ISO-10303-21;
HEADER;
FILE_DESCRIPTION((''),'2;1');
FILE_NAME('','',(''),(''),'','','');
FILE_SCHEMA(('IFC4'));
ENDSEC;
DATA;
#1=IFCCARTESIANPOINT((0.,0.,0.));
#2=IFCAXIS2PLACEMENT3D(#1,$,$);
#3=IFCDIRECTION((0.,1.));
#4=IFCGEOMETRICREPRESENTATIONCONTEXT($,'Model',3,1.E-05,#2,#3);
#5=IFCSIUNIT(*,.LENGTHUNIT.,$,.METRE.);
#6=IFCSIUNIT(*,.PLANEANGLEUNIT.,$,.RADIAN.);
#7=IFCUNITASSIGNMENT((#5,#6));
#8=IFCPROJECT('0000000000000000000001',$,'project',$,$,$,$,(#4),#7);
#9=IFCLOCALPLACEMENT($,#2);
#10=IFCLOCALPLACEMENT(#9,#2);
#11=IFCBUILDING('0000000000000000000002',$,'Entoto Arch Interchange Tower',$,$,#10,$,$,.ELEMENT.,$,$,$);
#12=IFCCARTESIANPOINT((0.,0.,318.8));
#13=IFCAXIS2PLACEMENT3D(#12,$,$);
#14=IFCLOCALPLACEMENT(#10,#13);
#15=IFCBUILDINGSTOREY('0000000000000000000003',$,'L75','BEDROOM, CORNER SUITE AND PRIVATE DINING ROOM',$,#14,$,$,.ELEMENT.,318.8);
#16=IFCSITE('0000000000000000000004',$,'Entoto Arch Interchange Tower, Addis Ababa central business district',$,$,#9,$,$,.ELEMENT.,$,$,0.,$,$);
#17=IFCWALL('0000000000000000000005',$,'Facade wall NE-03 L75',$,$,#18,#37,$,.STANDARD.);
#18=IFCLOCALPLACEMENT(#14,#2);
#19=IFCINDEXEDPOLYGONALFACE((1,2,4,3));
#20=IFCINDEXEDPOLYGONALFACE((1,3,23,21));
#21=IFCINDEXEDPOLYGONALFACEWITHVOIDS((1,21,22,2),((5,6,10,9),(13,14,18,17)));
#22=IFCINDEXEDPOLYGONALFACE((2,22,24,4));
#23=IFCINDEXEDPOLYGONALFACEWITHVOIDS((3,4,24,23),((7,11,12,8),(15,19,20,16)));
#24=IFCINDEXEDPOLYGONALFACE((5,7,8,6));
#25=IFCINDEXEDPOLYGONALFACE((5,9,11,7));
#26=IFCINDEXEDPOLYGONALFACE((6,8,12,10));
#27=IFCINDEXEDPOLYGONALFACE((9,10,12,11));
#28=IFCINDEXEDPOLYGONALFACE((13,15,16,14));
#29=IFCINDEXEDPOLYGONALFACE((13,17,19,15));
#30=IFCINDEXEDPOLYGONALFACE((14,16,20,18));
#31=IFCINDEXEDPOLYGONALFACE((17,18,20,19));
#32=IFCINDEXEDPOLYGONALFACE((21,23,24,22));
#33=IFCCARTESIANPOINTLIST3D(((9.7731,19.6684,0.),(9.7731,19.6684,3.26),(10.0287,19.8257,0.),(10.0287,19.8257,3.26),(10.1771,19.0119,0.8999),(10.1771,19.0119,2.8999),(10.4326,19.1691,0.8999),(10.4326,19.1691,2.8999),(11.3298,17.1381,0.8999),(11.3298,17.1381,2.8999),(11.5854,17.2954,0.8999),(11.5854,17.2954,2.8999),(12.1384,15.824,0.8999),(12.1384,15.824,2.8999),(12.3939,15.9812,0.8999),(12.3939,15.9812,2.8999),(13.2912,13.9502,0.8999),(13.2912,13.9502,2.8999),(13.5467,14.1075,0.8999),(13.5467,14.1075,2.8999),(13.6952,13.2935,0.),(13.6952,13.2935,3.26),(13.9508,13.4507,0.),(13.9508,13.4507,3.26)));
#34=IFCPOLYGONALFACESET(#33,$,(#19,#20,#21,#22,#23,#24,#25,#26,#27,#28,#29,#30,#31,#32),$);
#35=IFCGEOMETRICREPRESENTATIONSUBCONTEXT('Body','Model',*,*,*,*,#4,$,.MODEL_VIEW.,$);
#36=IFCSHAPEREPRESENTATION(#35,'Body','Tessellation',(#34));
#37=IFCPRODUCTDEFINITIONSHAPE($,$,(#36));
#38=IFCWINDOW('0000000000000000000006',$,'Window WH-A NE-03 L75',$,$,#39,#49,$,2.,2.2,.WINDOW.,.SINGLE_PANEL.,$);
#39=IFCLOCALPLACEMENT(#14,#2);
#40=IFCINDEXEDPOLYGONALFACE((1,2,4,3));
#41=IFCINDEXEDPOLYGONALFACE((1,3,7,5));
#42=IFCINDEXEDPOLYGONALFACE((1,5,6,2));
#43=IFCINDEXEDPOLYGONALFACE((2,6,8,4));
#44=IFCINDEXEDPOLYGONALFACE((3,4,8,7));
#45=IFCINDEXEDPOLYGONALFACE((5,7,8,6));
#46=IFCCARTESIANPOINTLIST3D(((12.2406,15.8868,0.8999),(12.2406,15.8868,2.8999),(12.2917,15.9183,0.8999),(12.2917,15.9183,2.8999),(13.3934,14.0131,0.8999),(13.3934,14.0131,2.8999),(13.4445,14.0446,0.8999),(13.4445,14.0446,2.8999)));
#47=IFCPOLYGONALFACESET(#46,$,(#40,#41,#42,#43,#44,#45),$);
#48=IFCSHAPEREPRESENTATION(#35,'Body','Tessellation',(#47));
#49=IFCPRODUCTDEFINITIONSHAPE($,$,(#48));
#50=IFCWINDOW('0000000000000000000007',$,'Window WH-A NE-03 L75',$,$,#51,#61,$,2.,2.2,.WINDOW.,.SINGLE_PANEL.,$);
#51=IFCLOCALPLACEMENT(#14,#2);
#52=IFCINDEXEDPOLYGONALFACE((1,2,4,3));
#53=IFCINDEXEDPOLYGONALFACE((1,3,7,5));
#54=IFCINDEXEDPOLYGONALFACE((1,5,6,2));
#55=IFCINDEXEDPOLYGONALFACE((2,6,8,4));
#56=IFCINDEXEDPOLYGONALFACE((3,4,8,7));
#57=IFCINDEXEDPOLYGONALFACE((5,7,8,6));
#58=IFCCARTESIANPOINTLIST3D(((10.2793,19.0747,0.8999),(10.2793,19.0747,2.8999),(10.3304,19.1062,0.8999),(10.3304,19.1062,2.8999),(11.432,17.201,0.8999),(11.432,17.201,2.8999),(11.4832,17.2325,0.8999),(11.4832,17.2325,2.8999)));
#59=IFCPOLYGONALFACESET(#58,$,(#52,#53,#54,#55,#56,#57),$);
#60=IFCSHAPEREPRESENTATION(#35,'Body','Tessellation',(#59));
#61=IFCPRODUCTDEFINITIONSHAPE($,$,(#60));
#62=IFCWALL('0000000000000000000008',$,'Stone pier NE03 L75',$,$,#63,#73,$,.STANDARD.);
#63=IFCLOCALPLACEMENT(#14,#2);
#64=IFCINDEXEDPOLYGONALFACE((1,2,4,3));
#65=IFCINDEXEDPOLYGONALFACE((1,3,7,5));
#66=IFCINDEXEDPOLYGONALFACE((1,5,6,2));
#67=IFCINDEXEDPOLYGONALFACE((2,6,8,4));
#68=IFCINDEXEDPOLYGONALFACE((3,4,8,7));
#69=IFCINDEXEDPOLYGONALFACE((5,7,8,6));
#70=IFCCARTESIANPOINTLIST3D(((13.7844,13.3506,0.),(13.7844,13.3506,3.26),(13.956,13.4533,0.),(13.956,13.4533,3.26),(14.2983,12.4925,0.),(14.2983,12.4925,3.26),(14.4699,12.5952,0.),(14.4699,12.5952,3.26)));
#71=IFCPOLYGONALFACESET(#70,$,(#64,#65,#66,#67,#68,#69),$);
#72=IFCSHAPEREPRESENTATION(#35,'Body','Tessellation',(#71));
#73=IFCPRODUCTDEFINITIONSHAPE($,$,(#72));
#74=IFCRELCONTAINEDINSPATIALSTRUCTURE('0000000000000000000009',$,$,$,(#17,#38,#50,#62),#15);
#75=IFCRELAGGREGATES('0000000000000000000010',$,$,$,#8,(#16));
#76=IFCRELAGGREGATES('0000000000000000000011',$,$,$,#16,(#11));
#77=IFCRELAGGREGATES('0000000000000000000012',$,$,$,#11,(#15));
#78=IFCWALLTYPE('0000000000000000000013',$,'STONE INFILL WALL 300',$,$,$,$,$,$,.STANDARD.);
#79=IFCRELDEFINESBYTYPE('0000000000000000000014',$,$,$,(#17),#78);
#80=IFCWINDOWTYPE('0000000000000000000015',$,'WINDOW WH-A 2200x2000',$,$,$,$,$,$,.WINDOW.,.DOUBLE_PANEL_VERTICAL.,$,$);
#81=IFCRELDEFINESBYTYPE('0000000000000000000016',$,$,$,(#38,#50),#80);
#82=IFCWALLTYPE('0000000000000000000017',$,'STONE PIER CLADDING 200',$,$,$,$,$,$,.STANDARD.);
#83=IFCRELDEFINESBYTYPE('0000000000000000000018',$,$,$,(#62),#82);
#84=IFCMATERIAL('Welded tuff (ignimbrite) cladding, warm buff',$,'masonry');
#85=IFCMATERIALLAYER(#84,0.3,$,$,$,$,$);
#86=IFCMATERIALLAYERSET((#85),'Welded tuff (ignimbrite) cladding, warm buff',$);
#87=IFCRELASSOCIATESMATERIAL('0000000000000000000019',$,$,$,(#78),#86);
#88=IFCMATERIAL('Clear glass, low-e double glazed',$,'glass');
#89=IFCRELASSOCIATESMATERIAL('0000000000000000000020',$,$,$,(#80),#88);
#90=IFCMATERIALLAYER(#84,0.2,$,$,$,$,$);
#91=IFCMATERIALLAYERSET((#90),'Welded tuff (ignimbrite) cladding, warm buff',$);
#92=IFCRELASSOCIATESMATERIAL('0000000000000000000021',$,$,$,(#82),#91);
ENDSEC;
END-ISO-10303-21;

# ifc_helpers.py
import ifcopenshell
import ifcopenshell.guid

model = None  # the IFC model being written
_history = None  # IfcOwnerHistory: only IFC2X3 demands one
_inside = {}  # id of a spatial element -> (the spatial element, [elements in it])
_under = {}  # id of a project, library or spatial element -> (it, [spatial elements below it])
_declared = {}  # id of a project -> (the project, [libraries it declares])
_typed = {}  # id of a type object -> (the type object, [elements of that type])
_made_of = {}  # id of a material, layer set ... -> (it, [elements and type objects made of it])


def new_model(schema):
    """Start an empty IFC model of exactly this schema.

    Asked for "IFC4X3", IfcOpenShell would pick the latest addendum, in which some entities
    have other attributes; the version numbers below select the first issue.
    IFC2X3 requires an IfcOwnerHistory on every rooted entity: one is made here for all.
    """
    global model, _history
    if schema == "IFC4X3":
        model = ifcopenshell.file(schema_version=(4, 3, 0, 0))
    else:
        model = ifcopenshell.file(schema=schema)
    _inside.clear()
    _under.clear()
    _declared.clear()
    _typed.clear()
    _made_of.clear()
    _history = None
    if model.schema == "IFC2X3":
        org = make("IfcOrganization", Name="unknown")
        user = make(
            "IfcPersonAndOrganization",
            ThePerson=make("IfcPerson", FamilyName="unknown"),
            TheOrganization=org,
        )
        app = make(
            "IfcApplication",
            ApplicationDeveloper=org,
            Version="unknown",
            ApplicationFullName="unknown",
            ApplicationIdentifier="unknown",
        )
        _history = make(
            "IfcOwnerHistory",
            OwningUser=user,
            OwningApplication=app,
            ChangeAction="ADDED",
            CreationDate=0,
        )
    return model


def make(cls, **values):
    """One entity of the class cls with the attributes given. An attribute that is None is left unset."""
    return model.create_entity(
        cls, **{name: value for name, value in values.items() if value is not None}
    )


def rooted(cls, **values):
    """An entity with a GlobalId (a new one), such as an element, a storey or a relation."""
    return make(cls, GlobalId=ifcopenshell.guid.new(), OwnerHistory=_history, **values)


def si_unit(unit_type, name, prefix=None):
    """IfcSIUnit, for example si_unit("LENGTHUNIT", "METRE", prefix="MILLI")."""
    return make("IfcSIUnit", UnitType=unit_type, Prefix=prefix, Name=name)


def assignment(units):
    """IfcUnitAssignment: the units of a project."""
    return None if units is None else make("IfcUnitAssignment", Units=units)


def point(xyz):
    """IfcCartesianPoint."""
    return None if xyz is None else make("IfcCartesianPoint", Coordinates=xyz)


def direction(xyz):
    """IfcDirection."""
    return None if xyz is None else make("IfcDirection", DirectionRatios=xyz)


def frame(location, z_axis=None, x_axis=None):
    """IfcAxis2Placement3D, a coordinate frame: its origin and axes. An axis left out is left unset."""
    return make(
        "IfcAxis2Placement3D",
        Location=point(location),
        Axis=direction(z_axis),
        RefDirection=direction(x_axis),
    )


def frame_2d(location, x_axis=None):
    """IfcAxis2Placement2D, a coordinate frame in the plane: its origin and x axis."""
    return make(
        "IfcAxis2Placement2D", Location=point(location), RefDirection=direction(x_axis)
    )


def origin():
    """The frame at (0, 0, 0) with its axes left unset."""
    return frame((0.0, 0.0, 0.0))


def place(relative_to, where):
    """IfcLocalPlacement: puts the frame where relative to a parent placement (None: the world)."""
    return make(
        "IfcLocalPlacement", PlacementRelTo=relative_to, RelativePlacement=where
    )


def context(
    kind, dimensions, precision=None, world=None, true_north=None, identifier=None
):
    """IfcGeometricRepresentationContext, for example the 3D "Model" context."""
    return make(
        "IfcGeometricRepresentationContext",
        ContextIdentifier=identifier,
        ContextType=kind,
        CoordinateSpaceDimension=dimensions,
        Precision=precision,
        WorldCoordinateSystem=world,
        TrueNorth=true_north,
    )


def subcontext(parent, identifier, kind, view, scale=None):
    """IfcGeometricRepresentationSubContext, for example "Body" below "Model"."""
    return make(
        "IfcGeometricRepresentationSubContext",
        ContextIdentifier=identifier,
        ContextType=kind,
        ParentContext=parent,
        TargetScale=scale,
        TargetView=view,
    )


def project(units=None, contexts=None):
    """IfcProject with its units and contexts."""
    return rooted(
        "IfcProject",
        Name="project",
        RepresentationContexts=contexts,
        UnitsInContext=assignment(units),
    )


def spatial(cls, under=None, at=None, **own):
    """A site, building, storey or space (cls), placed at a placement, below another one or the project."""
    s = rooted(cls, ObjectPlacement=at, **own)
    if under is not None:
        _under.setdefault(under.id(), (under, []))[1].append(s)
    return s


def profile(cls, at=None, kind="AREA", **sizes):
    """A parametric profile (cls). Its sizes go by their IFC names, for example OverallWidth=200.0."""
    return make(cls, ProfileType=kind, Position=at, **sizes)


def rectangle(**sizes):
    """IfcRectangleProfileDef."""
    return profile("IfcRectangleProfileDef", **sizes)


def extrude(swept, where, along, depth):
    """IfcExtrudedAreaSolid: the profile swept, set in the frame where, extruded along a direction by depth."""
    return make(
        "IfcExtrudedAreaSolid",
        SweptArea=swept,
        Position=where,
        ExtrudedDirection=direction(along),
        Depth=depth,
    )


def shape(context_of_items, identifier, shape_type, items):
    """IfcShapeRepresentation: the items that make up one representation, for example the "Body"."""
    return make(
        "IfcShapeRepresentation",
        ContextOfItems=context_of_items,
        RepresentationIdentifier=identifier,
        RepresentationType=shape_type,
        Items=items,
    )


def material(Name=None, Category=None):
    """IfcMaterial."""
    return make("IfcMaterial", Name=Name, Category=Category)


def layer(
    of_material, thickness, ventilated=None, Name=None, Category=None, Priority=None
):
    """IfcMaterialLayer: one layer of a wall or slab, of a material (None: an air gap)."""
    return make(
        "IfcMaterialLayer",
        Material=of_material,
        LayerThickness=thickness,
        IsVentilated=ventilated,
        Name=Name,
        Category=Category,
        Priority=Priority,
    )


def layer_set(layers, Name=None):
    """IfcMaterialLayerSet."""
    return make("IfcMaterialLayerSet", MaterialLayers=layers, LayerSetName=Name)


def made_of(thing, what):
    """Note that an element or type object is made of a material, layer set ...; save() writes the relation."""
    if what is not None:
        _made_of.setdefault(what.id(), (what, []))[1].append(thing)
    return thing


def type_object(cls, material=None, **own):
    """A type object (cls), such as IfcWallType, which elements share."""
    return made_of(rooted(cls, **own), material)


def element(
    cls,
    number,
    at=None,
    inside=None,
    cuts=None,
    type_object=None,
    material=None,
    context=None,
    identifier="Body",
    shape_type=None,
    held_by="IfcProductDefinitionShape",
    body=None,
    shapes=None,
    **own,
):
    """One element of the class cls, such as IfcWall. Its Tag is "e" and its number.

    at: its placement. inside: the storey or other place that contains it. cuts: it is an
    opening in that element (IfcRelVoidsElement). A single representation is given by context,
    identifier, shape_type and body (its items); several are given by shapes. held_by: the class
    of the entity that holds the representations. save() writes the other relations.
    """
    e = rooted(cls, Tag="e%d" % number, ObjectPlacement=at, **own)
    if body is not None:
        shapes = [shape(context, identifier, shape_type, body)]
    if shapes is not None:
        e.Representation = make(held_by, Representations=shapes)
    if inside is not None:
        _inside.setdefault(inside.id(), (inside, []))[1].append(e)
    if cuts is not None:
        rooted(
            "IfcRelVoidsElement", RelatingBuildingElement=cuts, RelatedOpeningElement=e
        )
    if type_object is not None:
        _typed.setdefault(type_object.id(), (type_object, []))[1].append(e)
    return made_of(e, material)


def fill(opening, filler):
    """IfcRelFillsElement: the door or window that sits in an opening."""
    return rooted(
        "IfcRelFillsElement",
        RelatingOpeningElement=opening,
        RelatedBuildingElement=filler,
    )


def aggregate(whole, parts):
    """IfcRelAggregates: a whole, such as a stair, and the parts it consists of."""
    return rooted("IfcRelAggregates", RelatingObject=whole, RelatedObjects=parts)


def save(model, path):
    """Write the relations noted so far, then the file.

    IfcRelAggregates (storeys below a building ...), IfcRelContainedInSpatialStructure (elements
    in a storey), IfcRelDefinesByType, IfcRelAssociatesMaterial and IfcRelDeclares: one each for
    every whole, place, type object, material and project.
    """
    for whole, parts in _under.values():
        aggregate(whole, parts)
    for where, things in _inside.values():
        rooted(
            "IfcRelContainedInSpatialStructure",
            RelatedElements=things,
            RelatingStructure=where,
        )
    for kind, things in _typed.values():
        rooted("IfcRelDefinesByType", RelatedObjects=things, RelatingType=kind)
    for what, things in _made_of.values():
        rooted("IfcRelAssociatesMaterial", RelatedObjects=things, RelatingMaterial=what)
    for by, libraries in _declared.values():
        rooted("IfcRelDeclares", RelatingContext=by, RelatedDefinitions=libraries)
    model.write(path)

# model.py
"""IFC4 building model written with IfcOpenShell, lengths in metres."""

from ifc_helpers import new_model, si_unit, direction, frame, frame_2d, origin, place, context, subcontext, project, spatial, rectangle, extrude, material, layer, layer_set, type_object, element, fill, save


model = new_model("IFC4")

# Units and contexts
model_context = context("Model", 3, precision=1e-05, world=origin(), true_north=direction((0.0, 1.0)))
body_context = subcontext(model_context, "Body", "Model", "MODEL_VIEW")
ifc_project = project(units=[si_unit("LENGTHUNIT", "METRE"), si_unit("PLANEANGLEUNIT", "RADIAN")], contexts=[model_context])

# Site, building, storey
site_placement = place(None, origin())
site = spatial("IfcSite", under=ifc_project, at=site_placement, Name="Entoto Arch Interchange Tower, Addis Ababa central business district", CompositionType="ELEMENT", RefElevation=0.0)
building_placement = place(site_placement, origin())
building = spatial("IfcBuilding", under=site, at=building_placement, Name="Entoto Arch Interchange Tower", CompositionType="ELEMENT")
storey_placement = place(building_placement, frame((0.0, 0.0, 318.8)))
storey = spatial("IfcBuildingStorey", under=building, at=storey_placement, Name="L75", Description="BEDROOM, CORNER SUITE AND PRIVATE DINING ROOM", CompositionType="ELEMENT", Elevation=318.8)

# Wall, openings, windows
ifc_material_1 = material(Name="Welded tuff (ignimbrite) cladding, warm buff", Category="masonry")
ifc_layer_1 = layer(ifc_material_1, 0.3)
ifc_layer_set_1 = layer_set([ifc_layer_1], Name="Welded tuff (ignimbrite) cladding, warm buff")
wall_type_1 = type_object("IfcWallType", Name="STONE INFILL WALL 300", PredefinedType="STANDARD", material=ifc_layer_set_1)
wall_1_placement = place(storey_placement, frame((13.823, 13.3721, 0.0), z_axis=(0.0, 0.0, 1.0), x_axis=(-0.524005, 0.851715, 0.0)))
wall_1 = element("IfcWall", 1, at=wall_1_placement, inside=storey, type_object=wall_type_1, Name="Facade wall NE-03 L75", PredefinedType="STANDARD", context=body_context, shape_type="SweptSolid", body=[
    extrude(rectangle(XDim=7.4849, YDim=0.3, at=frame_2d((3.7424, 0.0))), origin(), (0.0, 0.0, 1.0), 3.26),
])
opening_1_placement = place(wall_1_placement, frame((0.771, 0.0, 0.8999)))
opening_1 = element("IfcOpeningElement", 2, at=opening_1_placement, cuts=wall_1, PredefinedType="OPENING", context=body_context, shape_type="SweptSolid", body=[
    extrude(rectangle(XDim=2.2, YDim=2.0, at=frame_2d((1.1001, 1.0))), frame((0.0, 0.1602, 0.0), z_axis=(0.0, -1.0, 0.0), x_axis=(1.0, 0.0, 0.0)), (0.0, 0.0, 1.0), 0.3201),
])
opening_2_placement = place(wall_1_placement, frame((4.5139, 0.0, 0.8999)))
opening_2 = element("IfcOpeningElement", 3, at=opening_2_placement, cuts=wall_1, PredefinedType="OPENING", context=body_context, shape_type="SweptSolid", body=[
    extrude(rectangle(XDim=2.2, YDim=2.0, at=frame_2d((1.1001, 1.0))), frame((0.0, 0.1602, 0.0), z_axis=(0.0, -1.0, 0.0), x_axis=(1.0, 0.0, 0.0)), (0.0, 0.0, 1.0), 0.3201),
])
ifc_material_2 = material(Name="Clear glass, low-e double glazed", Category="glass")
window_type = type_object("IfcWindowType", Name="WINDOW WH-A 2200x2000", PartitioningType="DOUBLE_PANEL_VERTICAL", PredefinedType="WINDOW", material=ifc_material_2)
window_1_placement = place(opening_1_placement, origin())
window_1 = element("IfcWindow", 4, at=window_1_placement, inside=storey, type_object=window_type, Name="Window WH-A NE-03 L75", OverallHeight=2.0, OverallWidth=2.2, PartitioningType="SINGLE_PANEL", PredefinedType="WINDOW", context=body_context, shape_type="SweptSolid", body=[
    extrude(rectangle(XDim=2.2, YDim=2.0, at=frame_2d((1.1001, 1.0))), frame((0.0, 0.03, 0.0), z_axis=(0.0, -1.0, 0.0), x_axis=(1.0, 0.0, 0.0)), (0.0, 0.0, 1.0), 0.0601),
])
fill(opening_1, window_1)
window_2_placement = place(opening_2_placement, origin())
window_2 = element("IfcWindow", 5, at=window_2_placement, inside=storey, type_object=window_type, Name="Window WH-A NE-03 L75", OverallHeight=2.0, OverallWidth=2.2, PartitioningType="SINGLE_PANEL", PredefinedType="WINDOW", context=body_context, shape_type="SweptSolid", body=[
    extrude(rectangle(XDim=2.2, YDim=2.0, at=frame_2d((1.1001, 1.0))), frame((0.0, 0.03, 0.0), z_axis=(0.0, -1.0, 0.0), x_axis=(1.0, 0.0, 0.0)), (0.0, 0.0, 1.0), 0.0601),
])
fill(opening_2, window_2)

# Wall
ifc_layer_2 = layer(ifc_material_1, 0.2)
ifc_layer_set_2 = layer_set([ifc_layer_2], Name="Welded tuff (ignimbrite) cladding, warm buff")
wall_type_2 = type_object("IfcWallType", Name="STONE PIER CLADDING 200", PredefinedType="STANDARD", material=ifc_layer_set_2)
wall_2_placement = place(storey_placement, frame((14.384, 12.5439, 0.0), z_axis=(0.0, 0.0, 1.0), x_axis=(-0.513778, 0.857923, 0.0)))
element("IfcWall", 6, at=wall_2_placement, inside=storey, type_object=wall_type_2, Name="Stone pier NE03 L75", PredefinedType="STANDARD", context=body_context, shape_type="SweptSolid", body=[
    extrude(rectangle(XDim=1.0002, YDim=0.2, at=frame_2d((0.5, 0.0))), origin(), (0.0, 0.0, 1.0), 3.26),
])

save(model, "model.ifc")
